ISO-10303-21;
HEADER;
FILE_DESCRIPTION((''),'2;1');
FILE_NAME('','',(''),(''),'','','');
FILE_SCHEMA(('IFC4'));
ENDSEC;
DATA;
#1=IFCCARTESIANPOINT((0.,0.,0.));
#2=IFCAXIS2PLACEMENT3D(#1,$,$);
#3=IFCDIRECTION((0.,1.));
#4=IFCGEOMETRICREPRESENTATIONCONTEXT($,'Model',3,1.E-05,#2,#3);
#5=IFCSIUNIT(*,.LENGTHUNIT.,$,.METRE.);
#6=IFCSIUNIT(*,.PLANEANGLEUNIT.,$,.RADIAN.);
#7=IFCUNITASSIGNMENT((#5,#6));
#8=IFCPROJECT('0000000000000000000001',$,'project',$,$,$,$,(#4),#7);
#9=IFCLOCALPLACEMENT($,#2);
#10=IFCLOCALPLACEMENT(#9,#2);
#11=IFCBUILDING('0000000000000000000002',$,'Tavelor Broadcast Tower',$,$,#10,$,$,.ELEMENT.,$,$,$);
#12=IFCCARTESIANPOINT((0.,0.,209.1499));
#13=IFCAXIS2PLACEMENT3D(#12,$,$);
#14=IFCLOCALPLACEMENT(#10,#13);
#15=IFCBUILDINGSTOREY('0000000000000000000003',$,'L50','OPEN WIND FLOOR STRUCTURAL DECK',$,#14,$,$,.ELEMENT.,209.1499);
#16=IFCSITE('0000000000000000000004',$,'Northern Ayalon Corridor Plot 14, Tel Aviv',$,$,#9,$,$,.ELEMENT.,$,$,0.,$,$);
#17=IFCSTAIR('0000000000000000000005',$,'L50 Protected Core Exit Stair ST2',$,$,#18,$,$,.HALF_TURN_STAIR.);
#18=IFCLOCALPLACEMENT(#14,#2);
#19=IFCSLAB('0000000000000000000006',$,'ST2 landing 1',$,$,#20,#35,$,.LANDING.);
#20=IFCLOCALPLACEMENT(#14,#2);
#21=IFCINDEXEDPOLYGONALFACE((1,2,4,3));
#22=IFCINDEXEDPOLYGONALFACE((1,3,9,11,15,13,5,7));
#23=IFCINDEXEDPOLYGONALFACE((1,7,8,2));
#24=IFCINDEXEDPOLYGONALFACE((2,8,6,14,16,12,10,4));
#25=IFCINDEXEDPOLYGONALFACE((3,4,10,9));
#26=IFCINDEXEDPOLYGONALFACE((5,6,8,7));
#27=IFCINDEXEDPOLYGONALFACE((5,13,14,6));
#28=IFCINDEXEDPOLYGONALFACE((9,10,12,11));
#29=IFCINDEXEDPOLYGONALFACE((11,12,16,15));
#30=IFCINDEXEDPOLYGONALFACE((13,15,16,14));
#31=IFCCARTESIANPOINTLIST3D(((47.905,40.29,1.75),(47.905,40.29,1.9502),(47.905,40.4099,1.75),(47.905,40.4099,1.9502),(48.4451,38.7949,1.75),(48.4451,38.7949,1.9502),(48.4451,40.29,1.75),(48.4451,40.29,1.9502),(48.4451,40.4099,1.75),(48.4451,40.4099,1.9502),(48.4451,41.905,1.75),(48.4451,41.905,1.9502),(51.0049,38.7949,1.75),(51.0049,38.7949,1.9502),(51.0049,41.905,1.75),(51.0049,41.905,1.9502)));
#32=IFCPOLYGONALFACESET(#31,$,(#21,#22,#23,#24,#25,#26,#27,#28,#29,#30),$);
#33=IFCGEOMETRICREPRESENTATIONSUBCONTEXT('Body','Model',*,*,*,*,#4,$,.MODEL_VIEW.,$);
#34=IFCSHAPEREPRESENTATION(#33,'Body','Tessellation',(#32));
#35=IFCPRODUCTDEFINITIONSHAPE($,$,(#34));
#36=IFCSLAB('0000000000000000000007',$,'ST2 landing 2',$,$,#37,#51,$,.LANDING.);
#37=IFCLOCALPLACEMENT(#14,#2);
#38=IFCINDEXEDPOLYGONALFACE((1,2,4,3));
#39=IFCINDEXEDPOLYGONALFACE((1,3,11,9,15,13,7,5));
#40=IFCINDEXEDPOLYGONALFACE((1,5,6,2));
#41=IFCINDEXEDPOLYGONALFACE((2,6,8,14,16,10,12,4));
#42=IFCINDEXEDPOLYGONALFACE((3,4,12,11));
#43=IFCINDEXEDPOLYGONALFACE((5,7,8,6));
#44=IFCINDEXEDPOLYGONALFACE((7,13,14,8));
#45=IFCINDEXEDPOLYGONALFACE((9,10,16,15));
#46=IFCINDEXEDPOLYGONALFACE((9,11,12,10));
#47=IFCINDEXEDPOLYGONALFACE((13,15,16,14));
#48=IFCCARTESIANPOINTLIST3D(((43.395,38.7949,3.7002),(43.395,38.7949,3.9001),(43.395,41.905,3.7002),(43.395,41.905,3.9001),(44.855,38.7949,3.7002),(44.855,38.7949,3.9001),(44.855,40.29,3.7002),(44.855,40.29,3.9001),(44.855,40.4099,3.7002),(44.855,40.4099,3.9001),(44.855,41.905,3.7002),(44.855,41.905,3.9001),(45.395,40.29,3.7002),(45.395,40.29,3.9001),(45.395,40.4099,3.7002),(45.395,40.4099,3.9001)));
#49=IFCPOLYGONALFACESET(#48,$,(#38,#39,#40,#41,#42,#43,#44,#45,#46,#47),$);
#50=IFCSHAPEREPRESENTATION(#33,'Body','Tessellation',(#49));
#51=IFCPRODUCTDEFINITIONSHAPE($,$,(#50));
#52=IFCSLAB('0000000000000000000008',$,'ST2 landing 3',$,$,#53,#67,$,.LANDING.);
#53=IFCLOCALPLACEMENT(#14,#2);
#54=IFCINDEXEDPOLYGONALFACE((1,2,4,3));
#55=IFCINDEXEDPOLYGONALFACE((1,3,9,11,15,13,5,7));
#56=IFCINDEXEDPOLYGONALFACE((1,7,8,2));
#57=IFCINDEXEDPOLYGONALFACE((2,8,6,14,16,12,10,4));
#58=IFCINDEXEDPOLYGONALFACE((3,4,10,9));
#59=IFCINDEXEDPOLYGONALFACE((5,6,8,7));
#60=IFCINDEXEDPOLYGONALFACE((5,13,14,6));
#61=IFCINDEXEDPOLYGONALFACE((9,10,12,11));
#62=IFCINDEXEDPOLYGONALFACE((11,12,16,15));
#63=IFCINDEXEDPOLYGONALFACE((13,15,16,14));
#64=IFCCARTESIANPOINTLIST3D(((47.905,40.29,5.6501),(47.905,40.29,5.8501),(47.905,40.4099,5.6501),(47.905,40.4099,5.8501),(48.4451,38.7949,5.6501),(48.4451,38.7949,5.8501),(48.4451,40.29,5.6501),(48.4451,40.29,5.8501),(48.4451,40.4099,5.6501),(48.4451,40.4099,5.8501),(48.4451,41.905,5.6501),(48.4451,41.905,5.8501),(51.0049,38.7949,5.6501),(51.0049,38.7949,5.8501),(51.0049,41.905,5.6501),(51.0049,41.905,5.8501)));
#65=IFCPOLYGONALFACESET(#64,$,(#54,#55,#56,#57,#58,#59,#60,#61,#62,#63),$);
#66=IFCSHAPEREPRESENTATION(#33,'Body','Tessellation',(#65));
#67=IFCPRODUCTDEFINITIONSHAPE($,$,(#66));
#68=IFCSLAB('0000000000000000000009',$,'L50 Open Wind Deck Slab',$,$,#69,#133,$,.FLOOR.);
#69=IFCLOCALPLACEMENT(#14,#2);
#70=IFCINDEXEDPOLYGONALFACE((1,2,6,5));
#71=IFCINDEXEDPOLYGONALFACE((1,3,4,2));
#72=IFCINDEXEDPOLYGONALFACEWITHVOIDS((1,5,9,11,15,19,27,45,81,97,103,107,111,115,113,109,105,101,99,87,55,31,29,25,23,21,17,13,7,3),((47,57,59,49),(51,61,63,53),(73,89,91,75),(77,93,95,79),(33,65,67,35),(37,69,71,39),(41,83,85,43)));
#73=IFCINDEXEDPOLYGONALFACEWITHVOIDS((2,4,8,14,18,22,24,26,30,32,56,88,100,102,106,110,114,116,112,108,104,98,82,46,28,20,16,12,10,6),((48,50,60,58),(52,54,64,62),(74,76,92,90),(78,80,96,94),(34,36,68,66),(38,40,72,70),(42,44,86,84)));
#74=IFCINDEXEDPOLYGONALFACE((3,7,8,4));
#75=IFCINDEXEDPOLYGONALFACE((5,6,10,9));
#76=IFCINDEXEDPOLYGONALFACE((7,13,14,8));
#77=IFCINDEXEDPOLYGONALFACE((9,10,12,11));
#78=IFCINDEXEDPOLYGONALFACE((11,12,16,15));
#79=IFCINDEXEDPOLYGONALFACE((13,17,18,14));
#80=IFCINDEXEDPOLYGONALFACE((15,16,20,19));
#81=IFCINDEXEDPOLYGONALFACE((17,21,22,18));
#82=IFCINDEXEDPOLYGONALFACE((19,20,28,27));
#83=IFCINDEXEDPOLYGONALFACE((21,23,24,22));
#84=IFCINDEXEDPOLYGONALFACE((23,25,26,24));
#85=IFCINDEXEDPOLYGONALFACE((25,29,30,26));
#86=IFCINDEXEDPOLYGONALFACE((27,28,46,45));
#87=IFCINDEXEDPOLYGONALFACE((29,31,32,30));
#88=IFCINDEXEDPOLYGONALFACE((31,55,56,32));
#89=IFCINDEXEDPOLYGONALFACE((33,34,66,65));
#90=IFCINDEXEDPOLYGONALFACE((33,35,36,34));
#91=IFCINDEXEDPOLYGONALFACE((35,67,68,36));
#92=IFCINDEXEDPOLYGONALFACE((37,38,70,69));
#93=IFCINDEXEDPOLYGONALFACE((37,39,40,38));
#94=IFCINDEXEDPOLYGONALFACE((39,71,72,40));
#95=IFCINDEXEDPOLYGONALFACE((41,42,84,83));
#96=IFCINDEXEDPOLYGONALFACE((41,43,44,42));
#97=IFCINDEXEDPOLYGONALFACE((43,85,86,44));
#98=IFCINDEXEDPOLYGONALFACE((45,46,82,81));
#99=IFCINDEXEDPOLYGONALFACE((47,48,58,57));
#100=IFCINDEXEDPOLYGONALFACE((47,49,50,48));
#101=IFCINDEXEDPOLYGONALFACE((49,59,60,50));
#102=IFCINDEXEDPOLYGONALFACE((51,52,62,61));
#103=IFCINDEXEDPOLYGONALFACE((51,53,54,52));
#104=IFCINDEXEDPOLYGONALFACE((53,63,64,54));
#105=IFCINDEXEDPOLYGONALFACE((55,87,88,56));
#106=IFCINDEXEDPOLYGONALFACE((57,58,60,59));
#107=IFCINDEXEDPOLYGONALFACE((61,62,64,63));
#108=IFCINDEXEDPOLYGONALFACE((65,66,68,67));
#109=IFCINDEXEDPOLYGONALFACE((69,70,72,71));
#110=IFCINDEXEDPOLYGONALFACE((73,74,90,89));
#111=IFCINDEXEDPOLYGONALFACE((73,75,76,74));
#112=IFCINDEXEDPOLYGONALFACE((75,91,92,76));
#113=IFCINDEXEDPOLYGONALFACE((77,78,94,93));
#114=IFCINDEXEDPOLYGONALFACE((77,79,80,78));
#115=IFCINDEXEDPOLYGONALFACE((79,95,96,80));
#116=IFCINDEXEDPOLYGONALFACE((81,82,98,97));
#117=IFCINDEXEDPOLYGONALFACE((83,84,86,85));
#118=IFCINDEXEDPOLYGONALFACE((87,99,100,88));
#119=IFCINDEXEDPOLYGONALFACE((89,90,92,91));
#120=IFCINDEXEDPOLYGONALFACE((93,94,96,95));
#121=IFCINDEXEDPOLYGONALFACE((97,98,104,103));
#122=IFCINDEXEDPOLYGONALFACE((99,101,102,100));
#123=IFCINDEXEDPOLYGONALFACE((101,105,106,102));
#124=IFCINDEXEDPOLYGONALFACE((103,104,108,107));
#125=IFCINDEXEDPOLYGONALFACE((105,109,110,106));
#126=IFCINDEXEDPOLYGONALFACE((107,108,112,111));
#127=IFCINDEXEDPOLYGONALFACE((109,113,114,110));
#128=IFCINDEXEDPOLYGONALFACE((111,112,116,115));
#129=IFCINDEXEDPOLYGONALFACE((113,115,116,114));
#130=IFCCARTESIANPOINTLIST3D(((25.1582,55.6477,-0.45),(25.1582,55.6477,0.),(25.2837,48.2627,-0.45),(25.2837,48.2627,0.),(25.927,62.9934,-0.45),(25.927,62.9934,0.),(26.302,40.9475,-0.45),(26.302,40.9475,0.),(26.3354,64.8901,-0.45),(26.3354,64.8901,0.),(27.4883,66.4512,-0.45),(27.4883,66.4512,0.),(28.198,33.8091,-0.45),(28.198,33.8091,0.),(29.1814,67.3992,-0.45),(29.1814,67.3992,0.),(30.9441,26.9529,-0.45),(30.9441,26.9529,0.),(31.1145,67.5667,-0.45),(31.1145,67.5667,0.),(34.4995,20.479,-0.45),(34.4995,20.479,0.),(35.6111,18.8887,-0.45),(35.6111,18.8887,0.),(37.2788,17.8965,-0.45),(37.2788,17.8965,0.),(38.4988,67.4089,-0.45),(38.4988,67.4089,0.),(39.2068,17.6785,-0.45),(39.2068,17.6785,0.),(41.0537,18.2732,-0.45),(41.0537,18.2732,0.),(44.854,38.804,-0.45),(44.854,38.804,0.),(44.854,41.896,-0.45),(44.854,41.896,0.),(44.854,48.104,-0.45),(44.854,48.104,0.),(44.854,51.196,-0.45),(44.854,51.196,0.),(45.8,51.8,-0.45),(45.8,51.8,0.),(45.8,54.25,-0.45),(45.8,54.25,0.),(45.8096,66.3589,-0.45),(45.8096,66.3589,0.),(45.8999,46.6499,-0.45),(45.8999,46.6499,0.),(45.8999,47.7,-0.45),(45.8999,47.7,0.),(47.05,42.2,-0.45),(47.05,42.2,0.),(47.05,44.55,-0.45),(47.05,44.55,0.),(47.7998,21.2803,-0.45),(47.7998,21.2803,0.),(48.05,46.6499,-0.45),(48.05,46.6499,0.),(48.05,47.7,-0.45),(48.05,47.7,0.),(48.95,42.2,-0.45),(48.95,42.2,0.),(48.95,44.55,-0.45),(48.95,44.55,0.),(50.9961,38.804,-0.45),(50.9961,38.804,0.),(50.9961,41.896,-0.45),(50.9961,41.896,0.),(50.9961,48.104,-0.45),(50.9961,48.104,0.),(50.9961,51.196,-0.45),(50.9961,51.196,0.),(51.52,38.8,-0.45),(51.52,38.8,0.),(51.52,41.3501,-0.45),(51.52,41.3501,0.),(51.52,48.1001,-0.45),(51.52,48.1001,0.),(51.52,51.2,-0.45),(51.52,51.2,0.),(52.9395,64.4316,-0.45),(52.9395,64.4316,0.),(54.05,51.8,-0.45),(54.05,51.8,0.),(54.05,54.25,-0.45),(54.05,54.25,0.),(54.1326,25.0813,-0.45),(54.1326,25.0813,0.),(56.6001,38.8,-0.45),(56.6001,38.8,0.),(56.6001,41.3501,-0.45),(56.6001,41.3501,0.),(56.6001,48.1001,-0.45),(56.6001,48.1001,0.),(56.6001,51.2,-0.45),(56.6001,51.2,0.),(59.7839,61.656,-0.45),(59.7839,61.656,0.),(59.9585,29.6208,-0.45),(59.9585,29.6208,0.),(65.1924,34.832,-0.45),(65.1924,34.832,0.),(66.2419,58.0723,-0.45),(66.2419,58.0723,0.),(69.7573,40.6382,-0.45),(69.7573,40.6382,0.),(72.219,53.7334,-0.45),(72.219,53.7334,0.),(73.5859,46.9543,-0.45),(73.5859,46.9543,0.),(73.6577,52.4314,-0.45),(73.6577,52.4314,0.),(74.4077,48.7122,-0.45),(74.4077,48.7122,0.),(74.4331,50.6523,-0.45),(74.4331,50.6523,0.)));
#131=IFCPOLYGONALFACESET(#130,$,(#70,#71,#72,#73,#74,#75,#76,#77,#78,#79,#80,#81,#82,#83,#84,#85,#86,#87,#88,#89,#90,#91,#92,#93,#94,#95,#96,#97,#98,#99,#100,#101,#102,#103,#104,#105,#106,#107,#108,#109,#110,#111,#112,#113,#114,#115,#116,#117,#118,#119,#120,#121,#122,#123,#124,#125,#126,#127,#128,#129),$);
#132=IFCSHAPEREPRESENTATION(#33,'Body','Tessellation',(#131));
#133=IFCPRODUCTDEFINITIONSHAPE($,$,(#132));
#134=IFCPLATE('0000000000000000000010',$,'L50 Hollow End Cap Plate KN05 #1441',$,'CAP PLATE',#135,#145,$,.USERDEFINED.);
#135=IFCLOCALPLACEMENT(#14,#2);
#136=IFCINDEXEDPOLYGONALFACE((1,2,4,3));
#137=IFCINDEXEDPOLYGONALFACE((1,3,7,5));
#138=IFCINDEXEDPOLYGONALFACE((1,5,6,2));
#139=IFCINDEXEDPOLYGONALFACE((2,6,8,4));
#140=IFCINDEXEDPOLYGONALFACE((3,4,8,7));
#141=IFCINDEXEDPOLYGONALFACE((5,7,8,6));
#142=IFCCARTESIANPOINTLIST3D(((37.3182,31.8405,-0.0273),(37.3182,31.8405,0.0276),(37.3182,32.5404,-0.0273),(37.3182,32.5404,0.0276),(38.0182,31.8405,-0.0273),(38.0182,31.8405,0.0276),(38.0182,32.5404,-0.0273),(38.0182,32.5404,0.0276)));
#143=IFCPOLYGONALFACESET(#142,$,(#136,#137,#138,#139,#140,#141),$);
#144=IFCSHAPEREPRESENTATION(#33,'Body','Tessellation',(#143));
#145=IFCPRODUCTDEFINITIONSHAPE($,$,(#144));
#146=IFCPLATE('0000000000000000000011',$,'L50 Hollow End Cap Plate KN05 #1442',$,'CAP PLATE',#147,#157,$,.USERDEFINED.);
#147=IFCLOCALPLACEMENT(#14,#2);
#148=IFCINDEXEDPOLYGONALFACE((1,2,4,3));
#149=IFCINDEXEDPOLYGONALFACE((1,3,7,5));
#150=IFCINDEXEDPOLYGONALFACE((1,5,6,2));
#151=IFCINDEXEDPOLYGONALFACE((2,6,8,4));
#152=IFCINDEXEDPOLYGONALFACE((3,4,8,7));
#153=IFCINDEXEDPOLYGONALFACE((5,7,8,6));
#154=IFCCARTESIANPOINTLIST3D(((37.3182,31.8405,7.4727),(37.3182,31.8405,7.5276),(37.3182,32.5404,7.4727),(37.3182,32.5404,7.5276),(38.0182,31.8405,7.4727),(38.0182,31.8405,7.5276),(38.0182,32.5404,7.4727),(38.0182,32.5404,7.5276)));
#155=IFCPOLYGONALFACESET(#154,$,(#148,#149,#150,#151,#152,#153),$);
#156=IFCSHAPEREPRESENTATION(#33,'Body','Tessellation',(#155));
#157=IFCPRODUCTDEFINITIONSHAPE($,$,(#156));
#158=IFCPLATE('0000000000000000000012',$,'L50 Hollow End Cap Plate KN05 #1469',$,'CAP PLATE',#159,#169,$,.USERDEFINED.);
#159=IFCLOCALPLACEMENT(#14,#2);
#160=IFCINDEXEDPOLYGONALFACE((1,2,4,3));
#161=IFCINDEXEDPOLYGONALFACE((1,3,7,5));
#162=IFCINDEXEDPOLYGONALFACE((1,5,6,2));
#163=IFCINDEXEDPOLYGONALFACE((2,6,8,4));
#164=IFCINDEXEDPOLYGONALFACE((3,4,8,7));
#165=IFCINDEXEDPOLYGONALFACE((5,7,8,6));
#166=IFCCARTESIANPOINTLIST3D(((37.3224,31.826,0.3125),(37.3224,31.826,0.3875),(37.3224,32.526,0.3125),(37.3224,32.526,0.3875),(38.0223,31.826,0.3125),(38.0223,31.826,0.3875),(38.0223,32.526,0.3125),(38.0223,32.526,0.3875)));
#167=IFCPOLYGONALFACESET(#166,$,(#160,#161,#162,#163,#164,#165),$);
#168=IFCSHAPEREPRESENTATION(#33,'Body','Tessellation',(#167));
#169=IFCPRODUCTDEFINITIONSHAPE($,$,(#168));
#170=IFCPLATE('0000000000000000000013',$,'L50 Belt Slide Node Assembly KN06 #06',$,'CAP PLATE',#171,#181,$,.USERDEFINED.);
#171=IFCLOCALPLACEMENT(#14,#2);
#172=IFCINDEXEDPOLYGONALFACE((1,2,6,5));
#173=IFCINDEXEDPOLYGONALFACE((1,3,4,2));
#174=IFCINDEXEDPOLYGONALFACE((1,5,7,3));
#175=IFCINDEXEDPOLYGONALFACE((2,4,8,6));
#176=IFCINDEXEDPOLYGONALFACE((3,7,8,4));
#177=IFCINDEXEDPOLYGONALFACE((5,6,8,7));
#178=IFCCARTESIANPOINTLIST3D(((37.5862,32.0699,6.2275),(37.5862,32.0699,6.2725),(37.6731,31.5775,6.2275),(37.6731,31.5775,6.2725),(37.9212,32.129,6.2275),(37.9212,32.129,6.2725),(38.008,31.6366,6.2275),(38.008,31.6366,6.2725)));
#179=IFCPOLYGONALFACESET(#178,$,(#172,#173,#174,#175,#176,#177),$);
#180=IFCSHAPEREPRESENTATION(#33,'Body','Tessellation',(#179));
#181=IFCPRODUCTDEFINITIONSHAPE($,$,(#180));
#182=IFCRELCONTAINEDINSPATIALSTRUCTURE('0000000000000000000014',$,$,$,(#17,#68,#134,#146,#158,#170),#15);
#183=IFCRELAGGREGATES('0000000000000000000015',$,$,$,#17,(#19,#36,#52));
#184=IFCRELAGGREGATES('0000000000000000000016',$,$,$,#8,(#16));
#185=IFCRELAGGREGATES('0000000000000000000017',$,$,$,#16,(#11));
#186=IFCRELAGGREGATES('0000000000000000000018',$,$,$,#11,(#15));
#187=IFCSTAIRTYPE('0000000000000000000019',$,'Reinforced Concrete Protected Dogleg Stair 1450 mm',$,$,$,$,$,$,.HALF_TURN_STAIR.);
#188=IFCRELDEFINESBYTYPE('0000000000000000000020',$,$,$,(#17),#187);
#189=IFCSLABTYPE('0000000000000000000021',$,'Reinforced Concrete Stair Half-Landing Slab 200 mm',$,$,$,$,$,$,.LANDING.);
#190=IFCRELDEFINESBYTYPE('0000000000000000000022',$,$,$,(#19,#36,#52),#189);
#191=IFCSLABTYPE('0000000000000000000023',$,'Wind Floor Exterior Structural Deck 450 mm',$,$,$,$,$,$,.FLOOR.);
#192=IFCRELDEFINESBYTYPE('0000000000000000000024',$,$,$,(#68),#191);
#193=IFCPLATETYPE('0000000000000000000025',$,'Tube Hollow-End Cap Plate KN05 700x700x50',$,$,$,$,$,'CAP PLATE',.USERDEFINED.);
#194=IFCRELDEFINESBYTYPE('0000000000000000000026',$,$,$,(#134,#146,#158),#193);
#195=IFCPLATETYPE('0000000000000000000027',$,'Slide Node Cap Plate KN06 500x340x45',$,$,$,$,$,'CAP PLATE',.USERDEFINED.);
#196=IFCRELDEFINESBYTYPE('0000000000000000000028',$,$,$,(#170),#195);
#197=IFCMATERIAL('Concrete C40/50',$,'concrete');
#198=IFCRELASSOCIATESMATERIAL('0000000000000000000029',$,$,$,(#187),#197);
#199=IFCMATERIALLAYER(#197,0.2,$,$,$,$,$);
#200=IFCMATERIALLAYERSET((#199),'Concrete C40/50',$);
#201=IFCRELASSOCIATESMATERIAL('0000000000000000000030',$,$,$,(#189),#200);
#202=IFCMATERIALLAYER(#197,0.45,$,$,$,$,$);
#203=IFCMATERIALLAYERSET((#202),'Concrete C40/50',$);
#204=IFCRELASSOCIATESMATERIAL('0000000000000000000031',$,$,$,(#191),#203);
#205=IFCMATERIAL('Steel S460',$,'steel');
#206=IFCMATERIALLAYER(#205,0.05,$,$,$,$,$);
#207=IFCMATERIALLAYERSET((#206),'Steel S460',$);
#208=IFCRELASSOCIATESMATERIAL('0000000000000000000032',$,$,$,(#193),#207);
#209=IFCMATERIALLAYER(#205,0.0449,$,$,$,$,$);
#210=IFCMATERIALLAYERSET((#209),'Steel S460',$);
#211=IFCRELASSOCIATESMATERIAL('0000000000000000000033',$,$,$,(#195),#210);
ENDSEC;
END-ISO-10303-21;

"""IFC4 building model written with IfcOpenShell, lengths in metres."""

from ifc_helpers import new_model, si_unit, direction, frame, origin, origin_2d, place, context, subcontext, project, spatial, polyline, rectangle, outline, extrude, source, transform, mapped, material, layer, layer_set, type_object, type_shapes, element, aggregate, save


model = new_model("IFC4")

# Units and contexts
model_context = context("Model", 3, precision=1e-05, world=origin(), true_north=direction((0.0, 1.0)))
body_context = subcontext(model_context, "Body", "Model", "MODEL_VIEW")
ifc_project = project(units=[si_unit("LENGTHUNIT", "METRE"), si_unit("PLANEANGLEUNIT", "RADIAN")], contexts=[model_context])

# Site, building, storey
site_placement = place(None, origin())
site = spatial("IfcSite", under=ifc_project, at=site_placement, Name="Northern Ayalon Corridor Plot 14, Tel Aviv", CompositionType="ELEMENT", RefElevation=0.0)
building_placement = place(site_placement, origin())
building = spatial("IfcBuilding", under=site, at=building_placement, Name="Tavelor Broadcast Tower", CompositionType="ELEMENT")
storey_placement = place(building_placement, frame((0.0, 0.0, 209.1499)))
storey = spatial("IfcBuildingStorey", under=building, at=storey_placement, Name="L50", Description="OPEN WIND FLOOR STRUCTURAL DECK", CompositionType="ELEMENT", Elevation=209.1499)

# Shared definitions
ifc_material_1 = material(Name="Steel S460", Category="steel")

# Stair, slabs
ifc_material_2 = material(Name="Concrete C40/50", Category="concrete")
stair_type = type_object("IfcStairType", Name="Reinforced Concrete Protected Dogleg Stair 1450 mm", PredefinedType="HALF_TURN_STAIR", material=ifc_material_2)
ifc_layer_1 = layer(ifc_material_2, 0.2)
ifc_layer_set_1 = layer_set([ifc_layer_1], Name="Concrete C40/50")
slab_type_1 = type_object("IfcSlabType", Name="Reinforced Concrete Stair Half-Landing Slab 200 mm", PredefinedType="LANDING", material=ifc_layer_set_1)
stair_1_placement = place(storey_placement, origin())
stair_1 = element("IfcStair", 1, at=stair_1_placement, inside=storey, type_object=stair_type, Name="L50 Protected Core Exit Stair ST2", PredefinedType="HALF_TURN_STAIR")
slab_1_placement = place(storey_placement, frame((0.0, 0.0, 1.75)))
slab_1 = element("IfcSlab", 2, at=slab_1_placement, type_object=slab_type_1, Name="ST2 landing 1", PredefinedType="LANDING", context=body_context, shape_type="SweptSolid", body=[
    extrude(outline(polyline([(48.4451, 40.29), (48.4451, 38.7949), (51.0049, 38.7949), (51.0049, 41.905), (48.4451, 41.905), (48.4451, 40.4099), (47.905, 40.4099), (47.905, 40.29), (48.4451, 40.29)])), origin(), (0.0, 0.0, 1.0), 0.2002),
])
slab_2_placement = place(storey_placement, frame((0.0, 0.0, 3.7002)))
slab_2 = element("IfcSlab", 3, at=slab_2_placement, type_object=slab_type_1, Name="ST2 landing 2", PredefinedType="LANDING", context=body_context, shape_type="SweptSolid", body=[
    extrude(outline(polyline([(43.395, 38.7949), (44.855, 38.7949), (44.855, 40.29), (45.395, 40.29), (45.395, 40.4099), (44.855, 40.4099), (44.855, 41.905), (43.395, 41.905), (43.395, 38.7949)])), origin(), (0.0, 0.0, 1.0), 0.2),
])
slab_3_placement = place(storey_placement, frame((0.0, 0.0, 5.6501)))
slab_3 = element("IfcSlab", 4, at=slab_3_placement, type_object=slab_type_1, Name="ST2 landing 3", PredefinedType="LANDING", context=body_context, shape_type="SweptSolid", body=[
    extrude(outline(polyline([(48.4451, 40.29), (48.4451, 38.7949), (51.0049, 38.7949), (51.0049, 41.905), (48.4451, 41.905), (48.4451, 40.4099), (47.905, 40.4099), (47.905, 40.29), (48.4451, 40.29)])), origin(), (0.0, 0.0, 1.0), 0.2),
])
aggregate(stair_1, [slab_1, slab_2, slab_3])

# Slab
ifc_layer_2 = layer(ifc_material_2, 0.45)
ifc_layer_set_2 = layer_set([ifc_layer_2], Name="Concrete C40/50")
slab_type_2 = type_object("IfcSlabType", Name="Wind Floor Exterior Structural Deck 450 mm", PredefinedType="FLOOR", material=ifc_layer_set_2)
slab_4_placement = place(storey_placement, frame((0.0, 0.0, -0.45)))
element("IfcSlab", 5, at=slab_4_placement, inside=storey, type_object=slab_type_2, Name="L50 Open Wind Deck Slab", PredefinedType="FLOOR", context=body_context, shape_type="SweptSolid", body=[
    extrude(outline(polyline([(31.1145, 67.5667), (29.1814, 67.3992), (27.4883, 66.4512), (26.3354, 64.8901), (25.927, 62.9934), (25.1582, 55.6477), (25.2837, 48.2627), (26.302, 40.9475), (28.198, 33.8091), (30.9441, 26.9529), (34.4995, 20.479), (35.6111, 18.8887), (37.2788, 17.8965), (39.2068, 17.6785), (41.0537, 18.2732), (47.7998, 21.2803), (54.1326, 25.0813), (59.9585, 29.6208), (65.1924, 34.832), (69.7573, 40.6382), (73.5859, 46.9543), (74.4077, 48.7122), (74.4331, 50.6523), (73.6577, 52.4314), (72.219, 53.7334), (66.2419, 58.0723), (59.7839, 61.656), (52.9395, 64.4316), (45.8096, 66.3589), (38.4988, 67.4089), (31.1145, 67.5667)]), holes=[polyline([(56.6001, 41.3501), (56.6001, 38.8), (51.52, 38.8), (51.52, 41.3501), (56.6001, 41.3501)]), polyline([(50.9961, 38.804), (44.854, 38.804), (44.854, 41.896), (50.9961, 41.896), (50.9961, 38.804)]), polyline([(47.05, 42.2), (47.05, 44.55), (48.95, 44.55), (48.95, 42.2), (47.05, 42.2)]), polyline([(48.05, 46.6499), (45.8999, 46.6499), (45.8999, 47.7), (48.05, 47.7), (48.05, 46.6499)]), polyline([(50.9961, 48.104), (44.854, 48.104), (44.854, 51.196), (50.9961, 51.196), (50.9961, 48.104)]), polyline([(56.6001, 48.1001), (51.52, 48.1001), (51.52, 51.2), (56.6001, 51.2), (56.6001, 48.1001)]), polyline([(54.05, 51.8), (45.8, 51.8), (45.8, 54.25), (54.05, 54.25), (54.05, 51.8)])]), origin(), (0.0, 0.0, 1.0), 0.45),
])

# Plates
ifc_layer_3 = layer(ifc_material_1, 0.05)
ifc_layer_set_3 = layer_set([ifc_layer_3], Name="Steel S460")
plate_type_1 = type_object("IfcPlateType", Name="Tube Hollow-End Cap Plate KN05 700x700x50", ElementType="CAP PLATE", PredefinedType="USERDEFINED", material=ifc_layer_set_3)
shared_shape_1 = source(origin(), body_context, "Body", "SweptSolid", [
    extrude(rectangle(XDim=0.7, YDim=0.7, at=origin_2d()), origin(), (0.0, 0.0, 1.0), 0.0549),
])
for number, where, z_axis, x_axis, name in (
    (6, (37.6682, 32.1904, -0.0273), (0.0, 0.0, 1.0), (1.0, 0.0, 0.0), "L50 Hollow End Cap Plate KN05 #1441"),
    (7, (37.6682, 32.1904, 7.4727), (0.0, 0.0, 1.0), (1.0, 0.0, 0.0), "L50 Hollow End Cap Plate KN05 #1442"),
):
    element("IfcPlate", number, at=place(storey_placement, frame(where, z_axis=z_axis, x_axis=x_axis)), inside=storey, type_object=plate_type_1, Name=name, ObjectType="CAP PLATE", PredefinedType="USERDEFINED", context=body_context, shape_type="MappedRepresentation", body=[
        mapped(shared_shape_1, transform((0.0, 0.0, 0.0), scale=1.0)),
    ])
shared_shape_2 = source(origin(), body_context, "Body", "SweptSolid", [
    extrude(rectangle(XDim=0.7, YDim=0.7, at=origin_2d()), origin(), (0.0, 0.0, 1.0), 0.075),
])
type_shapes(plate_type_1, [shared_shape_1, shared_shape_2])
plate_1_placement = place(storey_placement, frame((37.6724, 32.176, 0.3125), z_axis=(0.0, 0.0, 1.0), x_axis=(1.0, 0.0, 0.0)))
element("IfcPlate", 8, at=plate_1_placement, inside=storey, type_object=plate_type_1, Name="L50 Hollow End Cap Plate KN05 #1469", ObjectType="CAP PLATE", PredefinedType="USERDEFINED", context=body_context, shape_type="MappedRepresentation", body=[
    mapped(shared_shape_2, transform((0.0, 0.0, 0.0), scale=1.0)),
])
ifc_layer_4 = layer(ifc_material_1, 0.0449)
ifc_layer_set_4 = layer_set([ifc_layer_4], Name="Steel S460")
plate_type_2 = type_object("IfcPlateType", Name="Slide Node Cap Plate KN06 500x340x45", ElementType="CAP PLATE", PredefinedType="USERDEFINED", material=ifc_layer_set_4)
shared_shape_3 = source(origin(), body_context, "Body", "SweptSolid", [
    extrude(rectangle(XDim=0.5, YDim=0.3401, at=origin_2d()), origin(), (0.0, 0.0, 1.0), 0.0449),
])
type_shapes(plate_type_2, [shared_shape_3])
plate_2_placement = place(storey_placement, frame((37.7971, 31.8533, 6.2275), z_axis=(0.0, 0.0, 1.0), x_axis=(-0.173648, 0.984808, 0.0)))
element("IfcPlate", 9, at=plate_2_placement, inside=storey, type_object=plate_type_2, Name="L50 Belt Slide Node Assembly KN06 #06", ObjectType="CAP PLATE", PredefinedType="USERDEFINED", context=body_context, shape_type="MappedRepresentation", body=[
    mapped(shared_shape_3, transform((0.0, 0.0, 0.0), scale=1.0)),
])

save(model, "model.ifc")
